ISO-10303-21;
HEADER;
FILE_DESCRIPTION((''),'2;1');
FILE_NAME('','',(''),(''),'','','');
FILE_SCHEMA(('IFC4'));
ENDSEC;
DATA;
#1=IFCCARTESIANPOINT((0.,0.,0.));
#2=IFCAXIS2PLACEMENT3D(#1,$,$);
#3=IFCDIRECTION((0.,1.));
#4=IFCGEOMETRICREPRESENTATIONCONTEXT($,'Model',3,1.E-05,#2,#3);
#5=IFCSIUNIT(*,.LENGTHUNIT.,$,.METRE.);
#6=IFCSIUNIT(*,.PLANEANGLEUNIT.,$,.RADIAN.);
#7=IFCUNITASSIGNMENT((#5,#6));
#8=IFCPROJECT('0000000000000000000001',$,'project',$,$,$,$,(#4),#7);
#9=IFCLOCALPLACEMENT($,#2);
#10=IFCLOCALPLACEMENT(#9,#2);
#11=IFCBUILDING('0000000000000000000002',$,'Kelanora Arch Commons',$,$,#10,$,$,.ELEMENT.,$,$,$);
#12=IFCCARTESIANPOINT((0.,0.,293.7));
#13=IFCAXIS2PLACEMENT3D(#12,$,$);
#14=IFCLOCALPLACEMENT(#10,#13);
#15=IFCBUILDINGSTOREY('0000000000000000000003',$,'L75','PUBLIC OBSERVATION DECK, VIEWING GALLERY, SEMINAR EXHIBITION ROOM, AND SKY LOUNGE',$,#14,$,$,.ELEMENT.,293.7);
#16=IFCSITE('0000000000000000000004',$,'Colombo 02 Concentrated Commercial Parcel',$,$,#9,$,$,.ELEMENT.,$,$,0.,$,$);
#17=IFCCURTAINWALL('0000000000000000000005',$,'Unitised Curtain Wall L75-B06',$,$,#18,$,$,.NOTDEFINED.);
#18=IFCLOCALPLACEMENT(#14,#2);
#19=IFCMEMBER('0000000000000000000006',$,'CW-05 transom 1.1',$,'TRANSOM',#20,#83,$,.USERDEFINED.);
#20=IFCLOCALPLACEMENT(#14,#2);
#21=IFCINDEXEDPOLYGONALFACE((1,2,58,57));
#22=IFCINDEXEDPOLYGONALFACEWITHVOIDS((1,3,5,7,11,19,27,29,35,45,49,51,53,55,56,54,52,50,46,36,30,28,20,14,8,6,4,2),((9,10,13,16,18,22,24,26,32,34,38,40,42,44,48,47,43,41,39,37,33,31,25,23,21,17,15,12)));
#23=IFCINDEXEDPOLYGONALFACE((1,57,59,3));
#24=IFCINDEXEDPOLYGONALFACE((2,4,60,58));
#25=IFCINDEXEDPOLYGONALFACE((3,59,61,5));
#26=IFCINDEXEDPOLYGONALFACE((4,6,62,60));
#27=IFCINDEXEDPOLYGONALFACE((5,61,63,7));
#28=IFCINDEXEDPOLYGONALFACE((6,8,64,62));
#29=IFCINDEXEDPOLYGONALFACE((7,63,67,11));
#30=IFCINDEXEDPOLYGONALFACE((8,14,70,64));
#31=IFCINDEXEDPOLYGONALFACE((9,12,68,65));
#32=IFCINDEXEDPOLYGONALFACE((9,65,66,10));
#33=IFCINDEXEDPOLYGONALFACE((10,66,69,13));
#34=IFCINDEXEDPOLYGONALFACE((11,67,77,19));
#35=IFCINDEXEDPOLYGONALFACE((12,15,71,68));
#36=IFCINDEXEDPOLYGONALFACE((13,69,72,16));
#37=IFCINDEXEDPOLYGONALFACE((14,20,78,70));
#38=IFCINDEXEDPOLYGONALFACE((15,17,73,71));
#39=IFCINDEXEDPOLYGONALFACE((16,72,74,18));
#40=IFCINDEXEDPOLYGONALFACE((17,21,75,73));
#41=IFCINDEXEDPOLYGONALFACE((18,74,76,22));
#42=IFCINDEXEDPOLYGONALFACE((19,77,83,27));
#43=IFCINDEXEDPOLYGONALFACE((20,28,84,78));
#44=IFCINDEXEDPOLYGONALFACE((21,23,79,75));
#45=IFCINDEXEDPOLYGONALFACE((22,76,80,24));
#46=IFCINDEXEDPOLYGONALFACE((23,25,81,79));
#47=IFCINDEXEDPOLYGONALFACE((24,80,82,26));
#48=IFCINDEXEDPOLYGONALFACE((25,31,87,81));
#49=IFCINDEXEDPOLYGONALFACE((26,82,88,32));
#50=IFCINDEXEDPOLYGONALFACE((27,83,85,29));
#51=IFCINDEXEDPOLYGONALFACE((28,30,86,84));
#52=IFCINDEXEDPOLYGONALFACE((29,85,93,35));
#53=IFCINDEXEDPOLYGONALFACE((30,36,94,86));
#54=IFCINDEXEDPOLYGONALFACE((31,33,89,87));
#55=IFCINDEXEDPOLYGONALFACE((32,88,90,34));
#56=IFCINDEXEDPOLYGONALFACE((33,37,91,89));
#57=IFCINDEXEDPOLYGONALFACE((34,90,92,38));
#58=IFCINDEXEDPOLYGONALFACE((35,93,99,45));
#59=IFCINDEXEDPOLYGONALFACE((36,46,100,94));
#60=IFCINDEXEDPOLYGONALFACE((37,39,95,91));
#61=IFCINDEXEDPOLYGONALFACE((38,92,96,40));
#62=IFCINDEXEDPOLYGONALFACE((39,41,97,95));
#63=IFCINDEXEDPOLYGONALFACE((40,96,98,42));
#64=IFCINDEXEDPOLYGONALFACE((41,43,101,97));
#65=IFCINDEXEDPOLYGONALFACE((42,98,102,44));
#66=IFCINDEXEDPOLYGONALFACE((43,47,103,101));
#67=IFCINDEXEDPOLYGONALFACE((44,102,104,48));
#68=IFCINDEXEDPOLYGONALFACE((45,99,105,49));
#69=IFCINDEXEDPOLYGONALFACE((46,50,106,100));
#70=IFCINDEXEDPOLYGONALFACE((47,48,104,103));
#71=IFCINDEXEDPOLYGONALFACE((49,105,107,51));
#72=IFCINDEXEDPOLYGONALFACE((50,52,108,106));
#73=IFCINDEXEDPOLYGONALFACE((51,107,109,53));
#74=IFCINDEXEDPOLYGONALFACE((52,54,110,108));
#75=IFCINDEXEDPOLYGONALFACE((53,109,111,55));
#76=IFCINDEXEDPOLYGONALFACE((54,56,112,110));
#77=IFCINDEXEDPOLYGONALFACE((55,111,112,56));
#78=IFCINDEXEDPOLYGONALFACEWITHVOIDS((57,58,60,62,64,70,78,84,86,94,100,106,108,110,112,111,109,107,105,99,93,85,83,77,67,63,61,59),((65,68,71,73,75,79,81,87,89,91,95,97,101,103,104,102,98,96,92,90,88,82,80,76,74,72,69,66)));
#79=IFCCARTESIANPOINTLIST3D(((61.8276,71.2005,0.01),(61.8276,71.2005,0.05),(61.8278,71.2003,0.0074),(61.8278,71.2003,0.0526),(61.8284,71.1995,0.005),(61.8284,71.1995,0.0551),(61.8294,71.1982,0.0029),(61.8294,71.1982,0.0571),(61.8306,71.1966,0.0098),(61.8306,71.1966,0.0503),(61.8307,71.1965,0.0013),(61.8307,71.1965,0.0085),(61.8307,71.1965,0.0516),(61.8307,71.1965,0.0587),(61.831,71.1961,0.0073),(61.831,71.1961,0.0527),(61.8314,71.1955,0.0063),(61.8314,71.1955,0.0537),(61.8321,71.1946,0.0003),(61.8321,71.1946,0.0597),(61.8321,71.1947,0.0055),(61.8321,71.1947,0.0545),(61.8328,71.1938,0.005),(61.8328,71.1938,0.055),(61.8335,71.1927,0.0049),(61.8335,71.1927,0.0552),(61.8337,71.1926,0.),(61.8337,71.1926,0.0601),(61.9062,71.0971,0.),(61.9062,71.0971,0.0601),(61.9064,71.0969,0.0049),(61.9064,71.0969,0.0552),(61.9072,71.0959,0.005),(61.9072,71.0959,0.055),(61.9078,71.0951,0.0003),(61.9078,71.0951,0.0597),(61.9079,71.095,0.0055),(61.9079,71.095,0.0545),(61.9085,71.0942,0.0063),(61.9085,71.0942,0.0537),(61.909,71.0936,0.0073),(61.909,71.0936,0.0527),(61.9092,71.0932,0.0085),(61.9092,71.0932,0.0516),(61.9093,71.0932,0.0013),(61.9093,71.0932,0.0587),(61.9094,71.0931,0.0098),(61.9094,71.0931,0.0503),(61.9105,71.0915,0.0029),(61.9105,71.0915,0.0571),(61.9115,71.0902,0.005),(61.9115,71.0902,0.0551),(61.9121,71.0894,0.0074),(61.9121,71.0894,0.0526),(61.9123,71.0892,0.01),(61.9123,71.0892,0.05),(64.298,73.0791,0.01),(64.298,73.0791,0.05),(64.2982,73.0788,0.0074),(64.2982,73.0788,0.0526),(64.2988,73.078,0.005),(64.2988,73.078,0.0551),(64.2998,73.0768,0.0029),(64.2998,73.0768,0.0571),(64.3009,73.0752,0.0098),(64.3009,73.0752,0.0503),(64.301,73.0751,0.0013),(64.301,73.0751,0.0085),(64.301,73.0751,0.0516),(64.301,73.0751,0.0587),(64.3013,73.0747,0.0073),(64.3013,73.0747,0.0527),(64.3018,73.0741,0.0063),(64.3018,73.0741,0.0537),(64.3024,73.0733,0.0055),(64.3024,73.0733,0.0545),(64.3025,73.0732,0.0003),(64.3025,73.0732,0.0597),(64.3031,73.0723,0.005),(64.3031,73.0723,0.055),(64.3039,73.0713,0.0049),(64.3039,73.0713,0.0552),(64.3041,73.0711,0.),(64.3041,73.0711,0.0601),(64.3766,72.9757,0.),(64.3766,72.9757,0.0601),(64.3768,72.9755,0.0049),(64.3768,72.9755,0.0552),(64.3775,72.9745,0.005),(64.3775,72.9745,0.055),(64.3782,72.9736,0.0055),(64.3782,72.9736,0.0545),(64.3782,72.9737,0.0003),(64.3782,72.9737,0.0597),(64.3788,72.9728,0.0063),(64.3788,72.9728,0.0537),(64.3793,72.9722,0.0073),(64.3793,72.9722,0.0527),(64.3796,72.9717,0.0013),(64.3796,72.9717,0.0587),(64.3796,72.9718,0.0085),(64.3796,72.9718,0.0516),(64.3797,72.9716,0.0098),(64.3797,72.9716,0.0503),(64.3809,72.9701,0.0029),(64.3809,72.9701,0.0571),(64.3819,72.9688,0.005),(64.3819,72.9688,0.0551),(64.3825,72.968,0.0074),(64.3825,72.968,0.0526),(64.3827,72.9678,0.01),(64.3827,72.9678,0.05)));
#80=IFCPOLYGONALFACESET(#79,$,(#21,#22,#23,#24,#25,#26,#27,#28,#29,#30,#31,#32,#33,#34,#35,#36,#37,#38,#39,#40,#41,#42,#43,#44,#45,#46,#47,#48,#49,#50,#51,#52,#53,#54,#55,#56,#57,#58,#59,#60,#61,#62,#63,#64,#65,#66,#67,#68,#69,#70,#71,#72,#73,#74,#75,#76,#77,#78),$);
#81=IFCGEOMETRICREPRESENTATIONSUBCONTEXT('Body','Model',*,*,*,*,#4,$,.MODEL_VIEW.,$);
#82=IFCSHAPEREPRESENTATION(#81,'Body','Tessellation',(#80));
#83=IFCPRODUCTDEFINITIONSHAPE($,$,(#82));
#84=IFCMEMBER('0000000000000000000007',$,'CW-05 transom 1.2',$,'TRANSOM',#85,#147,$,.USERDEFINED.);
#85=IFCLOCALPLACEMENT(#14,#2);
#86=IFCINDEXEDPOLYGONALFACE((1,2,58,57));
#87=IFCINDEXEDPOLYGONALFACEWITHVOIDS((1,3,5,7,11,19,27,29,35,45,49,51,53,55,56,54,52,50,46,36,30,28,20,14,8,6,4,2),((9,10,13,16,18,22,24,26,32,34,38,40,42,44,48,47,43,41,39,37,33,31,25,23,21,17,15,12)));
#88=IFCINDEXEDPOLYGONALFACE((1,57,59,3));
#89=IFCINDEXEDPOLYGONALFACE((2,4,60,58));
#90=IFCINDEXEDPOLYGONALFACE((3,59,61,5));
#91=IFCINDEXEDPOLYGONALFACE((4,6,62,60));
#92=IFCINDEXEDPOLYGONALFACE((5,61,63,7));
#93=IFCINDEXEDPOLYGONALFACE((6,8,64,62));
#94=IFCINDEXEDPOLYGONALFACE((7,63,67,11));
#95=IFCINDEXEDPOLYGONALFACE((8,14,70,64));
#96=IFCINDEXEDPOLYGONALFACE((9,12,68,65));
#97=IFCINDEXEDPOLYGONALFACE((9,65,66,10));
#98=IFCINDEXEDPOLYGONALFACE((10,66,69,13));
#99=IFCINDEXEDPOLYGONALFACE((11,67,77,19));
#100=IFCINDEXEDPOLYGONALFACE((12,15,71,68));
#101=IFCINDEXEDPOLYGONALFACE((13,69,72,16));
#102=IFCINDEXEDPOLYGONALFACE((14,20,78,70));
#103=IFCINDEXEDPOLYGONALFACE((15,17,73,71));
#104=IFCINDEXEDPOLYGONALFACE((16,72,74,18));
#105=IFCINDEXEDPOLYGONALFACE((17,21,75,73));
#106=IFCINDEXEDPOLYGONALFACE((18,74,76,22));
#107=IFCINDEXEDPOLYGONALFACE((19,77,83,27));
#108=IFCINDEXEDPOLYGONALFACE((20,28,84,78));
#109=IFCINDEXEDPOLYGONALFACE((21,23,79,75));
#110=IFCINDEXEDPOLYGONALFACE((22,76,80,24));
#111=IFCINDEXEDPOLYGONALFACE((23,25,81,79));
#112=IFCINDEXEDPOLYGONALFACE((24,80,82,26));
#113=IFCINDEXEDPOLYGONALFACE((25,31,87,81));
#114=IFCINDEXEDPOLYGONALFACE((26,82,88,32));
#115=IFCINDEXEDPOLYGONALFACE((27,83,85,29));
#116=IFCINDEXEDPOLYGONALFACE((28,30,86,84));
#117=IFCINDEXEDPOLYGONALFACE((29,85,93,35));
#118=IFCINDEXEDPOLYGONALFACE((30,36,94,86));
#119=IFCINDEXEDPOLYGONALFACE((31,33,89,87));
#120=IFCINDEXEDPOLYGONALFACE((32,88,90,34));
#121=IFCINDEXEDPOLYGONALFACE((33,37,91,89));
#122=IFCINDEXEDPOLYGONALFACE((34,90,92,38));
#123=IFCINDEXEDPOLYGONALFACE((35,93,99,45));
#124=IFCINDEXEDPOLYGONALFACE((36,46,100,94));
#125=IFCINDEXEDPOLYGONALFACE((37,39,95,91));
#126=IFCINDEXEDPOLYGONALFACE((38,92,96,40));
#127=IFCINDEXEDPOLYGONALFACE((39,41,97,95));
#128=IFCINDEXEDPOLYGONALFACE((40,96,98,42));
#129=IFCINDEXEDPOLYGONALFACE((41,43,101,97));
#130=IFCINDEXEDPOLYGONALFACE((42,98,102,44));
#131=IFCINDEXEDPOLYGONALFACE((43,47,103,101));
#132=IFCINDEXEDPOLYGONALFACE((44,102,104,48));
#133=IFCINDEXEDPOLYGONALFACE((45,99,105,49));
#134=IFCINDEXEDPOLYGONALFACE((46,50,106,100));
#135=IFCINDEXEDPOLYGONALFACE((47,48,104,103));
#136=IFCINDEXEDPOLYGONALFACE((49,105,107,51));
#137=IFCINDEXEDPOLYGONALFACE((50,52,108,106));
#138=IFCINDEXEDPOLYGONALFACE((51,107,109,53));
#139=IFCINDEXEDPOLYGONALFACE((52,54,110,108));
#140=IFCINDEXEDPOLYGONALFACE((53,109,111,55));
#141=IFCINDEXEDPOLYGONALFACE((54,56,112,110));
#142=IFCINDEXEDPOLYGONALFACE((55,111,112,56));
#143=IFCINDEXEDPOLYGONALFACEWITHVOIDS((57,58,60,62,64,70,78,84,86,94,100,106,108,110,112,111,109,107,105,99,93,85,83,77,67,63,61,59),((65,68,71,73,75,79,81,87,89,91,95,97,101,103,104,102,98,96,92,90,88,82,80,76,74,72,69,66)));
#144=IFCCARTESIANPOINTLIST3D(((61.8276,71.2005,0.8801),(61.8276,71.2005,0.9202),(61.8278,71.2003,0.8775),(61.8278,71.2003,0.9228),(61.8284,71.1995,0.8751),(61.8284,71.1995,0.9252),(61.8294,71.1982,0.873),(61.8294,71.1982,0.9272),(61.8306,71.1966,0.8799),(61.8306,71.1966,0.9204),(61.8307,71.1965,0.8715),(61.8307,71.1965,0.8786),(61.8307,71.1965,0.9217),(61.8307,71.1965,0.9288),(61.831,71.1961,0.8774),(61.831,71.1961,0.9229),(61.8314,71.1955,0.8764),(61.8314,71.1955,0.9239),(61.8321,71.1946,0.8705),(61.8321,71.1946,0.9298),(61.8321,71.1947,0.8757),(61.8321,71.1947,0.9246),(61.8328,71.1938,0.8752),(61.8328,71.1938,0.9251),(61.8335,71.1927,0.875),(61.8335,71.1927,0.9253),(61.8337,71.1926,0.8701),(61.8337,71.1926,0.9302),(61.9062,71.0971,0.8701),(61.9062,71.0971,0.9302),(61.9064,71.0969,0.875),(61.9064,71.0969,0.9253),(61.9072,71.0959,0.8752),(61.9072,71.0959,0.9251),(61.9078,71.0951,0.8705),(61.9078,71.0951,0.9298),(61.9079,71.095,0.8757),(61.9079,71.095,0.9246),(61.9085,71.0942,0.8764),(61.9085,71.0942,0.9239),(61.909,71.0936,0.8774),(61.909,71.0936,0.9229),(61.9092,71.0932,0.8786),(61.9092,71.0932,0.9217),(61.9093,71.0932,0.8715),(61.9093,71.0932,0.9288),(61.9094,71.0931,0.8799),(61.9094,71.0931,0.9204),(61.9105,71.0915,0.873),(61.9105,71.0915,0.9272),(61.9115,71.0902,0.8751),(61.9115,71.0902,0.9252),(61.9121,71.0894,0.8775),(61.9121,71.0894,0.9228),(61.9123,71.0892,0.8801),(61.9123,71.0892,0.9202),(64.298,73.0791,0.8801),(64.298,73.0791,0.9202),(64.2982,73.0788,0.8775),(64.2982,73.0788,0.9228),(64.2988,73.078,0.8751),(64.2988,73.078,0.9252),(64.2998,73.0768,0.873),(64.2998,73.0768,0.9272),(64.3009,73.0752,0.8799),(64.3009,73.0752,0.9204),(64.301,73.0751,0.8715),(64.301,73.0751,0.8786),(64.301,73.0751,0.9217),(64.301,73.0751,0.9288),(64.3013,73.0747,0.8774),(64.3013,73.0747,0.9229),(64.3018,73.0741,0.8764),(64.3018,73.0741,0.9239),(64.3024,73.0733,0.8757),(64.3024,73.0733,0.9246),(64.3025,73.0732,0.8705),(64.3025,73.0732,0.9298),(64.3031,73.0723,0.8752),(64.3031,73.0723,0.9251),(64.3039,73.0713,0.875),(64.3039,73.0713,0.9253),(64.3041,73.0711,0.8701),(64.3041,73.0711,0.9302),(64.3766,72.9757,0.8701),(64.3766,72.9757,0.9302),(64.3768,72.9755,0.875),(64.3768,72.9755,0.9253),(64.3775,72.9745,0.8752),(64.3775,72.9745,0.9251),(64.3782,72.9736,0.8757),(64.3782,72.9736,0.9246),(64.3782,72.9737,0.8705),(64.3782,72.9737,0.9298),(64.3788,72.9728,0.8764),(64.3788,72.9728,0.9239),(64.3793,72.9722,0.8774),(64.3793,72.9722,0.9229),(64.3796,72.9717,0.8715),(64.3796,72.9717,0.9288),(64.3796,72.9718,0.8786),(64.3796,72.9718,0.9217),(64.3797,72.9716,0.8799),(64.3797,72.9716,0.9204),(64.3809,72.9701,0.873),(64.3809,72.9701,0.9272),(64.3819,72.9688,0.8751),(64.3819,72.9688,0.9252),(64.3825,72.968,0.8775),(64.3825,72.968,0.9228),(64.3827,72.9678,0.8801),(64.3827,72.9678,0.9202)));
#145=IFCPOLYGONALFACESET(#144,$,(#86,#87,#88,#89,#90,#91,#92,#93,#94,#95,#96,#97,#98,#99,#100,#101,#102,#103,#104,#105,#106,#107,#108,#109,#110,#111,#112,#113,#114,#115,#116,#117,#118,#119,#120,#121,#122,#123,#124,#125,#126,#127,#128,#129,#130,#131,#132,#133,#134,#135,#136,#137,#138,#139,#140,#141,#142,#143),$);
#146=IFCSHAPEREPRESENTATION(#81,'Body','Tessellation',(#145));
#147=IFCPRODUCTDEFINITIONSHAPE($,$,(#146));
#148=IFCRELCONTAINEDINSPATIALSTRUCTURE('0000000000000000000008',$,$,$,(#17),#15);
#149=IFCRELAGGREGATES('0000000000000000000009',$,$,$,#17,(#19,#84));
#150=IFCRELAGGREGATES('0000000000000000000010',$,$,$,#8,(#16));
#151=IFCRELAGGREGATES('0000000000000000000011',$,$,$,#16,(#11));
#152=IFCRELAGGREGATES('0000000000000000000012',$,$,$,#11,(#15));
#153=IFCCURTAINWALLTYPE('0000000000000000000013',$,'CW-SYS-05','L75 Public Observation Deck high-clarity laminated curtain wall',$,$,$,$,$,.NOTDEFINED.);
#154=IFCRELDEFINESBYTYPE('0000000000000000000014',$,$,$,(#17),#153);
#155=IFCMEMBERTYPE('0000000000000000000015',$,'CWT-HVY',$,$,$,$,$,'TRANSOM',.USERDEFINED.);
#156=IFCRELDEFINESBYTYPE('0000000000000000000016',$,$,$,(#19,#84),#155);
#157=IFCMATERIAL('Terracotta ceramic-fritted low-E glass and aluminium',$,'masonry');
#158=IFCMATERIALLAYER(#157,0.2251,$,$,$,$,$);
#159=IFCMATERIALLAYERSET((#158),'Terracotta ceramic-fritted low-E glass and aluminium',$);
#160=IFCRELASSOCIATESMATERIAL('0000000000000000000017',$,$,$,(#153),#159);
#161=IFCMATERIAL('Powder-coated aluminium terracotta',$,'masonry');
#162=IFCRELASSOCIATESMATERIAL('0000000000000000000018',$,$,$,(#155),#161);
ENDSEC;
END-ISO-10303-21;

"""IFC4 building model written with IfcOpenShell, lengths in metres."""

from ifc_helpers import new_model, si_unit, direction, frame, origin, origin_2d, place, context, subcontext, project, spatial, hollow_rectangle, extrude, material, layer, layer_set, material_profile, profile_set, type_object, element, aggregate, save


model = new_model("IFC4")

# Units and contexts
model_context = context("Model", 3, precision=1e-05, world=origin(), true_north=direction((0.0, 1.0)))
body_context = subcontext(model_context, "Body", "Model", "MODEL_VIEW")
ifc_project = project(units=[si_unit("LENGTHUNIT", "METRE"), si_unit("PLANEANGLEUNIT", "RADIAN")], contexts=[model_context])

# Site, building, storey
site_placement = place(None, origin())
site = spatial("IfcSite", under=ifc_project, at=site_placement, Name="Colombo 02 Concentrated Commercial Parcel", CompositionType="ELEMENT", RefElevation=0.0)
building_placement = place(site_placement, origin())
building = spatial("IfcBuilding", under=site, at=building_placement, Name="Kelanora Arch Commons", CompositionType="ELEMENT")
storey_placement = place(building_placement, frame((0.0, 0.0, 293.7)))
storey = spatial("IfcBuildingStorey", under=building, at=storey_placement, Name="L75", Description="PUBLIC OBSERVATION DECK, VIEWING GALLERY, SEMINAR EXHIBITION ROOM, AND SKY LOUNGE", CompositionType="ELEMENT", Elevation=293.7)

# Curtain wall
ifc_material_1 = material(Name="Terracotta ceramic-fritted low-E glass and aluminium", Category="masonry")
ifc_layer_1 = layer(ifc_material_1, 0.2251)
ifc_layer_set_1 = layer_set([ifc_layer_1], Name="Terracotta ceramic-fritted low-E glass and aluminium")
curtain_wall_type = type_object("IfcCurtainWallType", Name="CW-SYS-05", Description="L75 Public Observation Deck high-clarity laminated curtain wall", PredefinedType="NOTDEFINED", material=ifc_layer_set_1)
curtain_wall_1_placement = place(storey_placement, origin())
curtain_wall_1 = element("IfcCurtainWall", 1, at=curtain_wall_1_placement, inside=storey, type_object=curtain_wall_type, Name="Unitised Curtain Wall L75-B06", PredefinedType="NOTDEFINED")
ifc_material_2 = material(Name="Powder-coated aluminium terracotta", Category="masonry")

# Members
ifc_material_profile_1 = material_profile(ifc_material_2, hollow_rectangle(XDim=0.1399, YDim=0.0601, WallThickness=0.0049, InnerFilletRadius=0.0049, OuterFilletRadius=0.01, at=origin_2d()), Name="CWT140x60")
ifc_profile_set_1 = profile_set([ifc_material_profile_1], Name="Powder-coated aluminium terracotta")
member_type_1 = type_object("IfcMemberType", Name="CWT-HVY", ElementType="TRANSOM", PredefinedType="USERDEFINED", material=ifc_profile_set_1)
member_1_placement = place(storey_placement, frame((64.3403, 73.0234, 0.03), z_axis=(-0.795989, -0.605311, 0.0), x_axis=(0.605311, -0.795989, 0.0)))
member_1 = element("IfcMember", 2, at=member_1_placement, type_object=member_type_1, Name="CW-05 transom 1.1", ObjectType="TRANSOM", PredefinedType="USERDEFINED", context=body_context, shape_type="SweptSolid", body=[
    extrude(hollow_rectangle(XDim=0.1399, YDim=0.0601, WallThickness=0.0049, InnerFilletRadius=0.0049, OuterFilletRadius=0.01, at=origin_2d()), origin(), (0.0, 0.0, 1.0), 3.1035),
])
member_2_placement = place(storey_placement, frame((64.3403, 73.0234, 0.9001), z_axis=(-0.795989, -0.605311, 0.0), x_axis=(0.605311, -0.795989, 0.0)))
member_2 = element("IfcMember", 3, at=member_2_placement, type_object=member_type_1, Name="CW-05 transom 1.2", ObjectType="TRANSOM", PredefinedType="USERDEFINED", context=body_context, shape_type="SweptSolid", body=[
    extrude(hollow_rectangle(XDim=0.1399, YDim=0.0601, WallThickness=0.0049, InnerFilletRadius=0.0049, OuterFilletRadius=0.01, at=origin_2d()), origin(), (0.0, 0.0, 1.0), 3.1035),
])

aggregate(curtain_wall_1, [member_1, member_2])

save(model, "model.ifc")
